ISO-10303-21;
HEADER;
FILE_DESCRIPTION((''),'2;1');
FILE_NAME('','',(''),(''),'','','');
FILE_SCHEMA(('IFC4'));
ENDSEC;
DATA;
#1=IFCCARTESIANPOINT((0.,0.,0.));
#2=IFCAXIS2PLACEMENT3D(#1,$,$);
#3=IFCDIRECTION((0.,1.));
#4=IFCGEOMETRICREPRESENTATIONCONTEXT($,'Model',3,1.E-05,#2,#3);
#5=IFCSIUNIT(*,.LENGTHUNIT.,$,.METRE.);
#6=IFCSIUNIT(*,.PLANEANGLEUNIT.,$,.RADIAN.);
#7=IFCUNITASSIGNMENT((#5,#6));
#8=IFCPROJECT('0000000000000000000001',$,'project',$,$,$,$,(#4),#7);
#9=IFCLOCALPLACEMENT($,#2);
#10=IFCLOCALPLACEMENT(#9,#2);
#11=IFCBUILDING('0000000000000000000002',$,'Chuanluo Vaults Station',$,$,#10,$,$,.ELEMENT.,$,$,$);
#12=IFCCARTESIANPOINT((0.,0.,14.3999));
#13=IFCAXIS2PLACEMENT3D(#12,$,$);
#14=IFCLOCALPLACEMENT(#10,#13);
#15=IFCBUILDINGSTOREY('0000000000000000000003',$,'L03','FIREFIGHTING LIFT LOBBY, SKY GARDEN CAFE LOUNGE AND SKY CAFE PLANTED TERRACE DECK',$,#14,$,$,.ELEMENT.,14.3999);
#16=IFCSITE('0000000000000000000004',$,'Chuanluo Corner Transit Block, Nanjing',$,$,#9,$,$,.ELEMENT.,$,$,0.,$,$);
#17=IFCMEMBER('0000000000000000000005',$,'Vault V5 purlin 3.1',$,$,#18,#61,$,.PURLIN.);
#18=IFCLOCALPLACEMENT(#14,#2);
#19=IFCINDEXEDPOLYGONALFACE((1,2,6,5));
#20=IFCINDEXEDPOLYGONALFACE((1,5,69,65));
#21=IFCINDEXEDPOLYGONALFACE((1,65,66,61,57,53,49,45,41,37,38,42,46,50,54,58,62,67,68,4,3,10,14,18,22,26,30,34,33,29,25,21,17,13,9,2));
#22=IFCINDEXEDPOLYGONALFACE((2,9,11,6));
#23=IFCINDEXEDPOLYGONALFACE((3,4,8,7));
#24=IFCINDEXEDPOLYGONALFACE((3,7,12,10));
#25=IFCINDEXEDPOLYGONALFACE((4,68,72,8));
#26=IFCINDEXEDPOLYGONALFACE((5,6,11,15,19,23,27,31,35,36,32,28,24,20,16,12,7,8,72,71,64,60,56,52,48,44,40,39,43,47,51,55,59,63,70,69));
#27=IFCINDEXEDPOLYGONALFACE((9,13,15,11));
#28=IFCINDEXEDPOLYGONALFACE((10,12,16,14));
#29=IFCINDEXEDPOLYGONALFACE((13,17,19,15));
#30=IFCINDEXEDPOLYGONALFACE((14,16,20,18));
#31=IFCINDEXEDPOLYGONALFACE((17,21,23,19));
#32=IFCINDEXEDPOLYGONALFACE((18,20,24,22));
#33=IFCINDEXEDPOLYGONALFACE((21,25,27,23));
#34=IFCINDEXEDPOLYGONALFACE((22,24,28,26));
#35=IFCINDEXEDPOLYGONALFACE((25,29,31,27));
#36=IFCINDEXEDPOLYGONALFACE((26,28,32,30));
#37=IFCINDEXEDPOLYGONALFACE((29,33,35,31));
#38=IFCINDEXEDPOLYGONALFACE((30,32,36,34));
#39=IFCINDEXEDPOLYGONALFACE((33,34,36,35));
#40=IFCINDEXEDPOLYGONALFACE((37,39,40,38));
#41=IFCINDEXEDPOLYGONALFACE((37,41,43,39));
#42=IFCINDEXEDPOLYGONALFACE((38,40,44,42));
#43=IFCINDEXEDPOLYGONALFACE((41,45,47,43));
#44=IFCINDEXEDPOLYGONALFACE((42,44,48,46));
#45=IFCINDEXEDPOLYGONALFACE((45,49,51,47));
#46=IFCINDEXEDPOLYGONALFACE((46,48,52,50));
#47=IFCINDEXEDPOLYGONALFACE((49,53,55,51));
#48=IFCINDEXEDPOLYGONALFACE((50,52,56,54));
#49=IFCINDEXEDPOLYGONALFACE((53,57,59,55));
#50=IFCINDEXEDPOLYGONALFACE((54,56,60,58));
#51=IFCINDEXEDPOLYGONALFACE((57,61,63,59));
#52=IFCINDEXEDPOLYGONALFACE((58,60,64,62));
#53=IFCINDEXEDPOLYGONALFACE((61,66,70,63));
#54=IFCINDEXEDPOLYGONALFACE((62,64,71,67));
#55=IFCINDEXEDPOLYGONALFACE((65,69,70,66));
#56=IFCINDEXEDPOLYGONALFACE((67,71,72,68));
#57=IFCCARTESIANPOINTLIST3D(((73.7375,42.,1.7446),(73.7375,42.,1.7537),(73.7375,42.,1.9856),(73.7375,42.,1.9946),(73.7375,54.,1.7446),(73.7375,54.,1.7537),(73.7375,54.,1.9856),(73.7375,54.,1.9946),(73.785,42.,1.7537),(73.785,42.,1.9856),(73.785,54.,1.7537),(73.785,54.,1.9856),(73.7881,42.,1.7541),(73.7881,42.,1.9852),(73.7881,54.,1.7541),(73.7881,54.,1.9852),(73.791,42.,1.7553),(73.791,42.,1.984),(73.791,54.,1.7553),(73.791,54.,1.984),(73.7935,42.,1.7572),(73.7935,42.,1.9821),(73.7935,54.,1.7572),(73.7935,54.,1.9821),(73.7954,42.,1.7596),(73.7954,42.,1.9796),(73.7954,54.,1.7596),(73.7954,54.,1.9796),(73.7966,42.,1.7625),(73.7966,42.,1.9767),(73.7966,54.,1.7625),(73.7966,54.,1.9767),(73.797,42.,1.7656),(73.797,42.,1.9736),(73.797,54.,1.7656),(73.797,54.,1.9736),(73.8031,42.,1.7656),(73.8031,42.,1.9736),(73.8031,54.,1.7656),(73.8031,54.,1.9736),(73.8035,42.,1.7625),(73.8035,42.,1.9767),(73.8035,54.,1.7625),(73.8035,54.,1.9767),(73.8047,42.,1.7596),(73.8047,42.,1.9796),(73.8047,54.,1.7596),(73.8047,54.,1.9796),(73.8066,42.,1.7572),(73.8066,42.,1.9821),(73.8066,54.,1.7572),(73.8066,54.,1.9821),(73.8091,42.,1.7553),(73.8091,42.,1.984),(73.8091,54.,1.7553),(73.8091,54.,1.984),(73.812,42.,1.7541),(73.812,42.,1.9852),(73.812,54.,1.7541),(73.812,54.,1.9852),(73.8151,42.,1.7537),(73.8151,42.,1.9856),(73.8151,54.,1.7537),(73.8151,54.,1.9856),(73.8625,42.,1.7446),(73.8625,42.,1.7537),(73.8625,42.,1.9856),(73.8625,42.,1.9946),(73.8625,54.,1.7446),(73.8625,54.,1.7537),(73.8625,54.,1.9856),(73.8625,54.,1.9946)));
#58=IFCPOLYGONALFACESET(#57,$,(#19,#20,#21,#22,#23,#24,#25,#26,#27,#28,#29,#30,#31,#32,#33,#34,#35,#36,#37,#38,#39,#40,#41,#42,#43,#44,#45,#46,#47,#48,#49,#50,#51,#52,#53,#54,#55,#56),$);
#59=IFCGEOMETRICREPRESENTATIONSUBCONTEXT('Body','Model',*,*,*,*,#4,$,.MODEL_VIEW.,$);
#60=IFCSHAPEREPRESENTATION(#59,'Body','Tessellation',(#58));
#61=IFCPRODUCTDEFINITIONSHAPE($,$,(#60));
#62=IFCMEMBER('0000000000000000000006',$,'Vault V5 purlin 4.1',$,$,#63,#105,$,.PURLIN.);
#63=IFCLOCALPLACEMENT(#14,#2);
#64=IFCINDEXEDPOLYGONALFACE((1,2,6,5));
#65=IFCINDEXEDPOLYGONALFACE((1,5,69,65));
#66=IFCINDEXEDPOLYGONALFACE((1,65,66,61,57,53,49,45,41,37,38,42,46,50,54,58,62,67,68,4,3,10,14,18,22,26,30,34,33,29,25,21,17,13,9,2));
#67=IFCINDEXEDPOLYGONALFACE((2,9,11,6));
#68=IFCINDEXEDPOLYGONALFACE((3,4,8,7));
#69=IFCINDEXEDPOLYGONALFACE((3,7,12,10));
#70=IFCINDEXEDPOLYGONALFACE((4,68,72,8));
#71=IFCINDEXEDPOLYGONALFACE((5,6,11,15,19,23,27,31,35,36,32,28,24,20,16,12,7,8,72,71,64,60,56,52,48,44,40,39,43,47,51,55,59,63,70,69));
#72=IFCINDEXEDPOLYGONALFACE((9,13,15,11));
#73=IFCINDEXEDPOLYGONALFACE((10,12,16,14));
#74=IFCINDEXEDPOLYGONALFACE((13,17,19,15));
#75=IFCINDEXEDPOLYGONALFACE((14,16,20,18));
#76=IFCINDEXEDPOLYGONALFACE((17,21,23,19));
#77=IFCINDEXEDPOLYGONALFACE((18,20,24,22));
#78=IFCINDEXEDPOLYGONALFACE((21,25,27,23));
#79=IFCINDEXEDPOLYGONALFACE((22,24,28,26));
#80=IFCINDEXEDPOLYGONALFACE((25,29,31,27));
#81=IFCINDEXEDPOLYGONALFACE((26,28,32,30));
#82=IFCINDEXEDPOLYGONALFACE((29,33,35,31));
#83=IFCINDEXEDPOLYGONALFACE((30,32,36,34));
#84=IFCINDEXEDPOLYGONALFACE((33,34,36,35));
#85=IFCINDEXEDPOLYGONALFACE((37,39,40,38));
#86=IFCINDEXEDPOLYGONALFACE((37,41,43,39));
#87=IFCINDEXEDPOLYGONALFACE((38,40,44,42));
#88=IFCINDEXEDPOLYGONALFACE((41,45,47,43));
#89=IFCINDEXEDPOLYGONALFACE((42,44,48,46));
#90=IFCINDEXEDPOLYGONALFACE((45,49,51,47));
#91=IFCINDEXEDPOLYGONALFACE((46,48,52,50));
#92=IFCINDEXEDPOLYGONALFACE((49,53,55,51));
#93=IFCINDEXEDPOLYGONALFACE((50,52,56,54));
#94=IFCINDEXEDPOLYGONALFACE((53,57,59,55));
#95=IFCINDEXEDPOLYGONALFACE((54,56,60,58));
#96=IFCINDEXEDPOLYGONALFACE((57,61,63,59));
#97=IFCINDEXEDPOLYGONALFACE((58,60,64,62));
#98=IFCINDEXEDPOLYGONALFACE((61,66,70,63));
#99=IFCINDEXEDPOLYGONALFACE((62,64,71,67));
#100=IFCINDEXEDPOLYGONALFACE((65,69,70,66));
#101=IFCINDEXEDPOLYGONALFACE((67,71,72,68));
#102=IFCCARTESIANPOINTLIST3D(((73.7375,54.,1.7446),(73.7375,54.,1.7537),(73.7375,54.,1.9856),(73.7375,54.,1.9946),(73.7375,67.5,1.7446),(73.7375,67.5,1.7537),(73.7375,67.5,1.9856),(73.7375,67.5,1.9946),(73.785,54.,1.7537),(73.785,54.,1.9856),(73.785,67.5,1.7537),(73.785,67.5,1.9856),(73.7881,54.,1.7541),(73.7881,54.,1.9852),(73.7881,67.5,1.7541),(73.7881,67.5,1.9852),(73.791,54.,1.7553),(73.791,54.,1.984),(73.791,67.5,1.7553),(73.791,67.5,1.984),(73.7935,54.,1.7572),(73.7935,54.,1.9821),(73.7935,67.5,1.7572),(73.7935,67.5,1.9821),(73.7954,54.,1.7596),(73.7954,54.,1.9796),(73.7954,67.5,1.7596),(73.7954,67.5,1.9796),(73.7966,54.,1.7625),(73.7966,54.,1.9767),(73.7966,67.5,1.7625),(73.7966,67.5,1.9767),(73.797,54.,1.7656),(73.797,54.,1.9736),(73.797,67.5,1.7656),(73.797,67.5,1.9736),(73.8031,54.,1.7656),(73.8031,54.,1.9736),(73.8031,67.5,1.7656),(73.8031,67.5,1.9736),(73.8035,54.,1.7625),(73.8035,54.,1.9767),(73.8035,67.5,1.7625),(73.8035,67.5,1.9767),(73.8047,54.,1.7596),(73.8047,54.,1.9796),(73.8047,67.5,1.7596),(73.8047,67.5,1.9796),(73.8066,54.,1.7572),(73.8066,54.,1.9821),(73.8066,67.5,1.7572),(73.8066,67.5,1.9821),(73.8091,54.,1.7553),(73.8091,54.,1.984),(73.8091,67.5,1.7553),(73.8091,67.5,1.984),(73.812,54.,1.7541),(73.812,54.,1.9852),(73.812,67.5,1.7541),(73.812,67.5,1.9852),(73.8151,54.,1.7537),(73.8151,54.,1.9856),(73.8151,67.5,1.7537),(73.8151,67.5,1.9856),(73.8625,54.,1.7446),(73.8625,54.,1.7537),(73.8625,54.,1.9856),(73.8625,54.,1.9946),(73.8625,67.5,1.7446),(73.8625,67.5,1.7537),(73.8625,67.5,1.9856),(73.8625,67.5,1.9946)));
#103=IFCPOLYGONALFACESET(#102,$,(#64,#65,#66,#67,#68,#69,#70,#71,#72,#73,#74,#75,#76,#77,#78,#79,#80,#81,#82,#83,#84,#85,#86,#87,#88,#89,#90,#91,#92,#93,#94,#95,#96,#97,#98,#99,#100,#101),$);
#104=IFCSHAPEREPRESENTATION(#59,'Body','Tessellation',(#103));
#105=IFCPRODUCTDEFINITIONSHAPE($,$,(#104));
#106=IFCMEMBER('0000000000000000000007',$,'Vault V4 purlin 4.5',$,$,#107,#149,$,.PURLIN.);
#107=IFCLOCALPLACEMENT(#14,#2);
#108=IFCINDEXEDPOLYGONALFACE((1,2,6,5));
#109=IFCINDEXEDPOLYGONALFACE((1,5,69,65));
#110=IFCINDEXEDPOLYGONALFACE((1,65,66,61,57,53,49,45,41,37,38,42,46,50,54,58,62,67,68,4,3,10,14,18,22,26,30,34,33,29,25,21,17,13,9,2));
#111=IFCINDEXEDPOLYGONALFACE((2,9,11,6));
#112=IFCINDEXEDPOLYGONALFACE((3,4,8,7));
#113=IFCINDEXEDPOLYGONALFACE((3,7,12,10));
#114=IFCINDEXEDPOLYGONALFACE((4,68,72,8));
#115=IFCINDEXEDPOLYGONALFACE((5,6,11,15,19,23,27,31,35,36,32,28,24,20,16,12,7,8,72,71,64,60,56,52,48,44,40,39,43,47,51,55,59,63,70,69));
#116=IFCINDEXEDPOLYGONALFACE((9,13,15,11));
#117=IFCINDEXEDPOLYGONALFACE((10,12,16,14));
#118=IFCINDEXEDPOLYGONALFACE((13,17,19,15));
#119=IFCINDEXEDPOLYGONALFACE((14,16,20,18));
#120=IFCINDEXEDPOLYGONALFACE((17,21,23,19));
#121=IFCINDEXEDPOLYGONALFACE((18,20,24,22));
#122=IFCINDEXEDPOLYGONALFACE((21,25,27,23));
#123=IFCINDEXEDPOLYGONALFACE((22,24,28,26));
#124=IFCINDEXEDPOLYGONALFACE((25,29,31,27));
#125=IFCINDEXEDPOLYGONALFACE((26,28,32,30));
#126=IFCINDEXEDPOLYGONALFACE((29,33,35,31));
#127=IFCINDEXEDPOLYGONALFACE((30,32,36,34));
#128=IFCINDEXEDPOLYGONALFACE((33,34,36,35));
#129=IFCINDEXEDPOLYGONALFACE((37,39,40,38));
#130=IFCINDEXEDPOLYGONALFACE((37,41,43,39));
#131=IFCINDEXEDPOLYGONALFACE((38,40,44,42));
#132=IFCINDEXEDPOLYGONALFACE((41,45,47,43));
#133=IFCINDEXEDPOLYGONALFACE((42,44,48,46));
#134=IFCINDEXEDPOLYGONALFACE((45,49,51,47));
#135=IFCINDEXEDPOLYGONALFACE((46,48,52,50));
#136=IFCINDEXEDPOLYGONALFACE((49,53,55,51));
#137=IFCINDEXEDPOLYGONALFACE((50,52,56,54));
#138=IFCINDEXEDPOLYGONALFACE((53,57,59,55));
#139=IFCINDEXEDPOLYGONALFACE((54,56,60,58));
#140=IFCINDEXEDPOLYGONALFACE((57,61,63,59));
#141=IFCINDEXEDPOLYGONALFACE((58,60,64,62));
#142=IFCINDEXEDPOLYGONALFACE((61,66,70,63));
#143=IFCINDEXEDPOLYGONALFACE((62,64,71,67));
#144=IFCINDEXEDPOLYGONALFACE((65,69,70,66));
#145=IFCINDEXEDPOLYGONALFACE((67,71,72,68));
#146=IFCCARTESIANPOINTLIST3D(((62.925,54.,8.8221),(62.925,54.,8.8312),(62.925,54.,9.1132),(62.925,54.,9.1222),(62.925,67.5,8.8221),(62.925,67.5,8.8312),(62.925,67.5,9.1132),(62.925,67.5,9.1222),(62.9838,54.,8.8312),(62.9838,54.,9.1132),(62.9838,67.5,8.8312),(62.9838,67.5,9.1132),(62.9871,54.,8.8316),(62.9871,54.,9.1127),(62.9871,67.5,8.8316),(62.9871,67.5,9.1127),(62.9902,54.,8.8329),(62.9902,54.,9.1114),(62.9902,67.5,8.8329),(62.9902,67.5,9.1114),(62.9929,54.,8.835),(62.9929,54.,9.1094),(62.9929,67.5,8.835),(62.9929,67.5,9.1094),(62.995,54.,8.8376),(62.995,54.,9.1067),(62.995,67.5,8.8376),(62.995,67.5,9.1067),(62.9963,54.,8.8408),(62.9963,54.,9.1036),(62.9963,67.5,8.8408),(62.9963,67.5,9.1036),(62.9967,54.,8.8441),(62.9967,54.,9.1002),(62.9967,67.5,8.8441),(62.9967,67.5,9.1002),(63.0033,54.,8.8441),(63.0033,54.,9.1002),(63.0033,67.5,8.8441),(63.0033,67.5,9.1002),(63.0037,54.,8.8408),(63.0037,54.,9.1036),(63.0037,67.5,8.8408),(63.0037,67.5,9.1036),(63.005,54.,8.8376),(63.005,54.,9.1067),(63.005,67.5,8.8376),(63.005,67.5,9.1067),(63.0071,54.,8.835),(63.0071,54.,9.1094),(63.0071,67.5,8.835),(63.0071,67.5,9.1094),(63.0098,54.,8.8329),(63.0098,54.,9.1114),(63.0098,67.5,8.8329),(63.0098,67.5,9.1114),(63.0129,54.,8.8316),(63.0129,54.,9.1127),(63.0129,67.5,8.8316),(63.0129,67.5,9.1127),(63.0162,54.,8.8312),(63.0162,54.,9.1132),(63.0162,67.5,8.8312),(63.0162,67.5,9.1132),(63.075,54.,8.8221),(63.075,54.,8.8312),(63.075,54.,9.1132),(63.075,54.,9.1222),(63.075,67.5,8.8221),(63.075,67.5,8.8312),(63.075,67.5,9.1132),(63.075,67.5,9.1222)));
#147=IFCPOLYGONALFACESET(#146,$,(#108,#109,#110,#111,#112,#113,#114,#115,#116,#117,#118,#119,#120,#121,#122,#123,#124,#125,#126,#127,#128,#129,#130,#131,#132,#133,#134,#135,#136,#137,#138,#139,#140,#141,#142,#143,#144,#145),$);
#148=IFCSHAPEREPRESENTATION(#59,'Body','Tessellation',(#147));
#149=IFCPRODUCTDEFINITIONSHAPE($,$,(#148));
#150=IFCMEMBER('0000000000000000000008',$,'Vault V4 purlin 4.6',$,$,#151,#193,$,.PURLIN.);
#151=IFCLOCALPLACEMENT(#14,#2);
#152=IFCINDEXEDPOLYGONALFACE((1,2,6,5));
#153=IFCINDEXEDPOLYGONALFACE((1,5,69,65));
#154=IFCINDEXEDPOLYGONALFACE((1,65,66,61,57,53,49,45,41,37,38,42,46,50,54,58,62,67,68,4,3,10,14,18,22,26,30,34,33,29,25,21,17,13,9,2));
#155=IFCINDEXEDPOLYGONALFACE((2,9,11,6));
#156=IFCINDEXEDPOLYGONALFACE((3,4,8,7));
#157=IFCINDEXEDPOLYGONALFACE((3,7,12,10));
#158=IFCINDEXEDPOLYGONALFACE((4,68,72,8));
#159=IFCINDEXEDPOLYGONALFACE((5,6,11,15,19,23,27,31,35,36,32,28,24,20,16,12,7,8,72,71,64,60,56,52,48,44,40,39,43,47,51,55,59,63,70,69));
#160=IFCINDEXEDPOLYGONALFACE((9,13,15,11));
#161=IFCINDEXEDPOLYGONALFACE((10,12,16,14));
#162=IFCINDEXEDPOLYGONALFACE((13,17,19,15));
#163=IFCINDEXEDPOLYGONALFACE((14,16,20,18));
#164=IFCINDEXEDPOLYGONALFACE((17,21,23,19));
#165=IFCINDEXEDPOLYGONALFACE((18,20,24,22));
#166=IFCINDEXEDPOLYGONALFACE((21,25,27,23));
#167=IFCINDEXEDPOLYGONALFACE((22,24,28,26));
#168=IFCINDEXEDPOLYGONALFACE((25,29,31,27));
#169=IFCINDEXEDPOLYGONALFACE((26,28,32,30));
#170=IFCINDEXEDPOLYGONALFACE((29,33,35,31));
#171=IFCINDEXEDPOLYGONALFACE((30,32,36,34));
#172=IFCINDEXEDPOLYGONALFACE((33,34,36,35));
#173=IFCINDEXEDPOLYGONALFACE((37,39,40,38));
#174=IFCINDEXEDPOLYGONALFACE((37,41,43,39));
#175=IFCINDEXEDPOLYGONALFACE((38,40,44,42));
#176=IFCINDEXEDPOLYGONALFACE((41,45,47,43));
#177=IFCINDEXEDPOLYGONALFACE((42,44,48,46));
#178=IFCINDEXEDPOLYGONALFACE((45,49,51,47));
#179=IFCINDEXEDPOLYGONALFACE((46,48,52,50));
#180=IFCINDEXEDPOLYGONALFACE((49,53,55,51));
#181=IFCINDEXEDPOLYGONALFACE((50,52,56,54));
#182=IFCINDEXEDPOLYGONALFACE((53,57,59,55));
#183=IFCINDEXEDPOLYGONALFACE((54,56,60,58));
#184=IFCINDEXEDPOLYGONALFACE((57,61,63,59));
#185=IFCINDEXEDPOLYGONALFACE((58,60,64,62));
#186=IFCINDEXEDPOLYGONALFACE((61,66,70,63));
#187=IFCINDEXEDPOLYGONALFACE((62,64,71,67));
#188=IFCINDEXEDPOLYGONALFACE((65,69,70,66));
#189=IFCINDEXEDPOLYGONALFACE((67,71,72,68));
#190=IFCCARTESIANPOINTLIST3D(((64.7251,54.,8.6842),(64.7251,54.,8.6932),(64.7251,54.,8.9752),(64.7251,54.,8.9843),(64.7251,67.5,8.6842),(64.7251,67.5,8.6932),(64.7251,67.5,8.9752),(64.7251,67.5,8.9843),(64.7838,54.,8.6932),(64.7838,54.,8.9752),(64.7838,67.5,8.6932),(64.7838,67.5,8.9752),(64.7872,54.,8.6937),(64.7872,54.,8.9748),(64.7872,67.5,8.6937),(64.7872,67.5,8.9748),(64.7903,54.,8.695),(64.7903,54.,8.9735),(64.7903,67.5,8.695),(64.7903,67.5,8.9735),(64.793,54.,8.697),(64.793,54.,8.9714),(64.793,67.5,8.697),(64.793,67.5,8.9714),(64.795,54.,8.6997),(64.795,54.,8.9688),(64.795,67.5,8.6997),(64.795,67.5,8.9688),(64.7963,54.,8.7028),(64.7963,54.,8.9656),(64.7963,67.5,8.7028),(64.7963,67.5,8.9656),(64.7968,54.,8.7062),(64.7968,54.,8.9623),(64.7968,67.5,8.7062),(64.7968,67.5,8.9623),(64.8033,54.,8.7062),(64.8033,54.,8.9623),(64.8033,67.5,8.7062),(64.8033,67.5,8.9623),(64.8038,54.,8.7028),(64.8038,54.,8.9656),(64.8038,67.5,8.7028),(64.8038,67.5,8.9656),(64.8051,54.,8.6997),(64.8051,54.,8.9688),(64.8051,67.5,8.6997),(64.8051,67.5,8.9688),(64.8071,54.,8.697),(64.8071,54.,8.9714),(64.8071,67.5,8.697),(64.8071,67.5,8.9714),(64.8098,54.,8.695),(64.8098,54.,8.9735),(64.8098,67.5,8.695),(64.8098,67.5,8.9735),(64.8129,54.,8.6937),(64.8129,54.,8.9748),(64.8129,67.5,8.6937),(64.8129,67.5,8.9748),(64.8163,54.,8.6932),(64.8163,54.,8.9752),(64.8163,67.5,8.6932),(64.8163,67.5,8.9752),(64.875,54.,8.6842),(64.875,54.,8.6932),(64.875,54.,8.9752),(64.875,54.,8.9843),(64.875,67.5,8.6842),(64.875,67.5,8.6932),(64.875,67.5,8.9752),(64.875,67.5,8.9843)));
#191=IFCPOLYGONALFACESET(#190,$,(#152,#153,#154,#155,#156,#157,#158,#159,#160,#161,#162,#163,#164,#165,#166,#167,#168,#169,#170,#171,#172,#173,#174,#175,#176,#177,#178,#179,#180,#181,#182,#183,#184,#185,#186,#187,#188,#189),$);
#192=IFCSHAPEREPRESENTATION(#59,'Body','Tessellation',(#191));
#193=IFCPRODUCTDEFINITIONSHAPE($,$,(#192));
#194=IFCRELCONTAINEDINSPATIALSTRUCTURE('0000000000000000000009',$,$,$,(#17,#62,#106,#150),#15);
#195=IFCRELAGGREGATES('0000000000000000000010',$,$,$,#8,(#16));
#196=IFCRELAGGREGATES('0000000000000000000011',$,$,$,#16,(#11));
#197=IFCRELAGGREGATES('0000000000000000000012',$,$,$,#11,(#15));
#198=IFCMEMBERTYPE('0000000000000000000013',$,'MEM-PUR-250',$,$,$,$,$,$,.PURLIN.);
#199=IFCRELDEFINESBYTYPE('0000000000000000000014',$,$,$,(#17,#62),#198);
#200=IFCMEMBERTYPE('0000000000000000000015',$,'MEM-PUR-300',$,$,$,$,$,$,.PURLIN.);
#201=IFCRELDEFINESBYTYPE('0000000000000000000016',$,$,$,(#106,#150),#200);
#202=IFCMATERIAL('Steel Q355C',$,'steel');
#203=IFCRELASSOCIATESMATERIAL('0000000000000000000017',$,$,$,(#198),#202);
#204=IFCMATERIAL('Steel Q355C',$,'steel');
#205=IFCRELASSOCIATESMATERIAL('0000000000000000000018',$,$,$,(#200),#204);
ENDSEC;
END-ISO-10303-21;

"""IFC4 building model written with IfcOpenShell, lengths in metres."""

from ifc_helpers import new_model, si_unit, direction, frame, origin, origin_2d, place, context, subcontext, project, spatial, i_section, extrude, material, material_profile, profile_set, type_object, element, save


model = new_model("IFC4")

# Units and contexts
model_context = context("Model", 3, precision=1e-05, world=origin(), true_north=direction((0.0, 1.0)))
body_context = subcontext(model_context, "Body", "Model", "MODEL_VIEW")
ifc_project = project(units=[si_unit("LENGTHUNIT", "METRE"), si_unit("PLANEANGLEUNIT", "RADIAN")], contexts=[model_context])

# Site, building, storey
site_placement = place(None, origin())
site = spatial("IfcSite", under=ifc_project, at=site_placement, Name="Chuanluo Corner Transit Block, Nanjing", CompositionType="ELEMENT", RefElevation=0.0)
building_placement = place(site_placement, origin())
building = spatial("IfcBuilding", under=site, at=building_placement, Name="Chuanluo Vaults Station", CompositionType="ELEMENT")
storey_placement = place(building_placement, frame((0.0, 0.0, 14.3999)))
storey = spatial("IfcBuildingStorey", under=building, at=storey_placement, Name="L03", Description="FIREFIGHTING LIFT LOBBY, SKY GARDEN CAFE LOUNGE AND SKY CAFE PLANTED TERRACE DECK", CompositionType="ELEMENT", Elevation=14.3999)

# Members
ifc_material_1 = material(Name="Steel Q355C", Category="steel")
ifc_material_profile_1 = material_profile(ifc_material_1, i_section(OverallWidth=0.125, OverallDepth=0.25, WebThickness=0.0061, FlangeThickness=0.009, FilletRadius=0.012, at=origin_2d()))
ifc_profile_set_1 = profile_set([ifc_material_profile_1], Name="Steel Q355C")
member_type_1 = type_object("IfcMemberType", Name="MEM-PUR-250", PredefinedType="PURLIN", material=ifc_profile_set_1)
member_1_placement = place(storey_placement, frame((73.8, 42.0, 1.8696), z_axis=(0.0, 1.0, 0.0), x_axis=(-1.0, 0.0, 0.0)))
element("IfcMember", 1, at=member_1_placement, inside=storey, type_object=member_type_1, Name="Vault V5 purlin 3.1", PredefinedType="PURLIN", context=body_context, shape_type="SweptSolid", body=[
    extrude(i_section(OverallWidth=0.125, OverallDepth=0.25, WebThickness=0.0061, FlangeThickness=0.009, FilletRadius=0.012, at=origin_2d()), origin(), (0.0, 0.0, 1.0), 12.0),
])
member_2_placement = place(storey_placement, frame((73.8, 54.0, 1.8696), z_axis=(0.0, 1.0, 0.0), x_axis=(-1.0, 0.0, 0.0)))
element("IfcMember", 2, at=member_2_placement, inside=storey, type_object=member_type_1, Name="Vault V5 purlin 4.1", PredefinedType="PURLIN", context=body_context, shape_type="SweptSolid", body=[
    extrude(i_section(OverallWidth=0.125, OverallDepth=0.25, WebThickness=0.0061, FlangeThickness=0.009, FilletRadius=0.012, at=origin_2d()), origin(), (0.0, 0.0, 1.0), 13.5),
])
ifc_material_2 = material(Name="Steel Q355C", Category="steel")
ifc_material_profile_2 = material_profile(ifc_material_2, i_section(OverallWidth=0.1499, OverallDepth=0.3, WebThickness=0.0066, FlangeThickness=0.009, FilletRadius=0.0129, at=origin_2d()))
ifc_profile_set_2 = profile_set([ifc_material_profile_2], Name="Steel Q355C")
member_type_2 = type_object("IfcMemberType", Name="MEM-PUR-300", PredefinedType="PURLIN", material=ifc_profile_set_2)
for number, where, z_axis, x_axis, name in (
    (3, (63.0, 54.0, 8.9722), (0.0, 1.0, 0.0), (-1.0, 0.0, 0.0), "Vault V4 purlin 4.5"),
    (4, (64.8, 54.0, 8.8342), (0.0, 1.0, 0.0), (-1.0, 0.0, 0.0), "Vault V4 purlin 4.6"),
):
    element("IfcMember", number, at=place(storey_placement, frame(where, z_axis=z_axis, x_axis=x_axis)), inside=storey, type_object=member_type_2, Name=name, PredefinedType="PURLIN", context=body_context, shape_type="SweptSolid", body=[
        extrude(i_section(OverallWidth=0.1499, OverallDepth=0.3, WebThickness=0.0066, FlangeThickness=0.009, FilletRadius=0.0129, at=origin_2d()), origin(), (0.0, 0.0, 1.0), 13.5),
    ])

save(model, "model.ifc")
